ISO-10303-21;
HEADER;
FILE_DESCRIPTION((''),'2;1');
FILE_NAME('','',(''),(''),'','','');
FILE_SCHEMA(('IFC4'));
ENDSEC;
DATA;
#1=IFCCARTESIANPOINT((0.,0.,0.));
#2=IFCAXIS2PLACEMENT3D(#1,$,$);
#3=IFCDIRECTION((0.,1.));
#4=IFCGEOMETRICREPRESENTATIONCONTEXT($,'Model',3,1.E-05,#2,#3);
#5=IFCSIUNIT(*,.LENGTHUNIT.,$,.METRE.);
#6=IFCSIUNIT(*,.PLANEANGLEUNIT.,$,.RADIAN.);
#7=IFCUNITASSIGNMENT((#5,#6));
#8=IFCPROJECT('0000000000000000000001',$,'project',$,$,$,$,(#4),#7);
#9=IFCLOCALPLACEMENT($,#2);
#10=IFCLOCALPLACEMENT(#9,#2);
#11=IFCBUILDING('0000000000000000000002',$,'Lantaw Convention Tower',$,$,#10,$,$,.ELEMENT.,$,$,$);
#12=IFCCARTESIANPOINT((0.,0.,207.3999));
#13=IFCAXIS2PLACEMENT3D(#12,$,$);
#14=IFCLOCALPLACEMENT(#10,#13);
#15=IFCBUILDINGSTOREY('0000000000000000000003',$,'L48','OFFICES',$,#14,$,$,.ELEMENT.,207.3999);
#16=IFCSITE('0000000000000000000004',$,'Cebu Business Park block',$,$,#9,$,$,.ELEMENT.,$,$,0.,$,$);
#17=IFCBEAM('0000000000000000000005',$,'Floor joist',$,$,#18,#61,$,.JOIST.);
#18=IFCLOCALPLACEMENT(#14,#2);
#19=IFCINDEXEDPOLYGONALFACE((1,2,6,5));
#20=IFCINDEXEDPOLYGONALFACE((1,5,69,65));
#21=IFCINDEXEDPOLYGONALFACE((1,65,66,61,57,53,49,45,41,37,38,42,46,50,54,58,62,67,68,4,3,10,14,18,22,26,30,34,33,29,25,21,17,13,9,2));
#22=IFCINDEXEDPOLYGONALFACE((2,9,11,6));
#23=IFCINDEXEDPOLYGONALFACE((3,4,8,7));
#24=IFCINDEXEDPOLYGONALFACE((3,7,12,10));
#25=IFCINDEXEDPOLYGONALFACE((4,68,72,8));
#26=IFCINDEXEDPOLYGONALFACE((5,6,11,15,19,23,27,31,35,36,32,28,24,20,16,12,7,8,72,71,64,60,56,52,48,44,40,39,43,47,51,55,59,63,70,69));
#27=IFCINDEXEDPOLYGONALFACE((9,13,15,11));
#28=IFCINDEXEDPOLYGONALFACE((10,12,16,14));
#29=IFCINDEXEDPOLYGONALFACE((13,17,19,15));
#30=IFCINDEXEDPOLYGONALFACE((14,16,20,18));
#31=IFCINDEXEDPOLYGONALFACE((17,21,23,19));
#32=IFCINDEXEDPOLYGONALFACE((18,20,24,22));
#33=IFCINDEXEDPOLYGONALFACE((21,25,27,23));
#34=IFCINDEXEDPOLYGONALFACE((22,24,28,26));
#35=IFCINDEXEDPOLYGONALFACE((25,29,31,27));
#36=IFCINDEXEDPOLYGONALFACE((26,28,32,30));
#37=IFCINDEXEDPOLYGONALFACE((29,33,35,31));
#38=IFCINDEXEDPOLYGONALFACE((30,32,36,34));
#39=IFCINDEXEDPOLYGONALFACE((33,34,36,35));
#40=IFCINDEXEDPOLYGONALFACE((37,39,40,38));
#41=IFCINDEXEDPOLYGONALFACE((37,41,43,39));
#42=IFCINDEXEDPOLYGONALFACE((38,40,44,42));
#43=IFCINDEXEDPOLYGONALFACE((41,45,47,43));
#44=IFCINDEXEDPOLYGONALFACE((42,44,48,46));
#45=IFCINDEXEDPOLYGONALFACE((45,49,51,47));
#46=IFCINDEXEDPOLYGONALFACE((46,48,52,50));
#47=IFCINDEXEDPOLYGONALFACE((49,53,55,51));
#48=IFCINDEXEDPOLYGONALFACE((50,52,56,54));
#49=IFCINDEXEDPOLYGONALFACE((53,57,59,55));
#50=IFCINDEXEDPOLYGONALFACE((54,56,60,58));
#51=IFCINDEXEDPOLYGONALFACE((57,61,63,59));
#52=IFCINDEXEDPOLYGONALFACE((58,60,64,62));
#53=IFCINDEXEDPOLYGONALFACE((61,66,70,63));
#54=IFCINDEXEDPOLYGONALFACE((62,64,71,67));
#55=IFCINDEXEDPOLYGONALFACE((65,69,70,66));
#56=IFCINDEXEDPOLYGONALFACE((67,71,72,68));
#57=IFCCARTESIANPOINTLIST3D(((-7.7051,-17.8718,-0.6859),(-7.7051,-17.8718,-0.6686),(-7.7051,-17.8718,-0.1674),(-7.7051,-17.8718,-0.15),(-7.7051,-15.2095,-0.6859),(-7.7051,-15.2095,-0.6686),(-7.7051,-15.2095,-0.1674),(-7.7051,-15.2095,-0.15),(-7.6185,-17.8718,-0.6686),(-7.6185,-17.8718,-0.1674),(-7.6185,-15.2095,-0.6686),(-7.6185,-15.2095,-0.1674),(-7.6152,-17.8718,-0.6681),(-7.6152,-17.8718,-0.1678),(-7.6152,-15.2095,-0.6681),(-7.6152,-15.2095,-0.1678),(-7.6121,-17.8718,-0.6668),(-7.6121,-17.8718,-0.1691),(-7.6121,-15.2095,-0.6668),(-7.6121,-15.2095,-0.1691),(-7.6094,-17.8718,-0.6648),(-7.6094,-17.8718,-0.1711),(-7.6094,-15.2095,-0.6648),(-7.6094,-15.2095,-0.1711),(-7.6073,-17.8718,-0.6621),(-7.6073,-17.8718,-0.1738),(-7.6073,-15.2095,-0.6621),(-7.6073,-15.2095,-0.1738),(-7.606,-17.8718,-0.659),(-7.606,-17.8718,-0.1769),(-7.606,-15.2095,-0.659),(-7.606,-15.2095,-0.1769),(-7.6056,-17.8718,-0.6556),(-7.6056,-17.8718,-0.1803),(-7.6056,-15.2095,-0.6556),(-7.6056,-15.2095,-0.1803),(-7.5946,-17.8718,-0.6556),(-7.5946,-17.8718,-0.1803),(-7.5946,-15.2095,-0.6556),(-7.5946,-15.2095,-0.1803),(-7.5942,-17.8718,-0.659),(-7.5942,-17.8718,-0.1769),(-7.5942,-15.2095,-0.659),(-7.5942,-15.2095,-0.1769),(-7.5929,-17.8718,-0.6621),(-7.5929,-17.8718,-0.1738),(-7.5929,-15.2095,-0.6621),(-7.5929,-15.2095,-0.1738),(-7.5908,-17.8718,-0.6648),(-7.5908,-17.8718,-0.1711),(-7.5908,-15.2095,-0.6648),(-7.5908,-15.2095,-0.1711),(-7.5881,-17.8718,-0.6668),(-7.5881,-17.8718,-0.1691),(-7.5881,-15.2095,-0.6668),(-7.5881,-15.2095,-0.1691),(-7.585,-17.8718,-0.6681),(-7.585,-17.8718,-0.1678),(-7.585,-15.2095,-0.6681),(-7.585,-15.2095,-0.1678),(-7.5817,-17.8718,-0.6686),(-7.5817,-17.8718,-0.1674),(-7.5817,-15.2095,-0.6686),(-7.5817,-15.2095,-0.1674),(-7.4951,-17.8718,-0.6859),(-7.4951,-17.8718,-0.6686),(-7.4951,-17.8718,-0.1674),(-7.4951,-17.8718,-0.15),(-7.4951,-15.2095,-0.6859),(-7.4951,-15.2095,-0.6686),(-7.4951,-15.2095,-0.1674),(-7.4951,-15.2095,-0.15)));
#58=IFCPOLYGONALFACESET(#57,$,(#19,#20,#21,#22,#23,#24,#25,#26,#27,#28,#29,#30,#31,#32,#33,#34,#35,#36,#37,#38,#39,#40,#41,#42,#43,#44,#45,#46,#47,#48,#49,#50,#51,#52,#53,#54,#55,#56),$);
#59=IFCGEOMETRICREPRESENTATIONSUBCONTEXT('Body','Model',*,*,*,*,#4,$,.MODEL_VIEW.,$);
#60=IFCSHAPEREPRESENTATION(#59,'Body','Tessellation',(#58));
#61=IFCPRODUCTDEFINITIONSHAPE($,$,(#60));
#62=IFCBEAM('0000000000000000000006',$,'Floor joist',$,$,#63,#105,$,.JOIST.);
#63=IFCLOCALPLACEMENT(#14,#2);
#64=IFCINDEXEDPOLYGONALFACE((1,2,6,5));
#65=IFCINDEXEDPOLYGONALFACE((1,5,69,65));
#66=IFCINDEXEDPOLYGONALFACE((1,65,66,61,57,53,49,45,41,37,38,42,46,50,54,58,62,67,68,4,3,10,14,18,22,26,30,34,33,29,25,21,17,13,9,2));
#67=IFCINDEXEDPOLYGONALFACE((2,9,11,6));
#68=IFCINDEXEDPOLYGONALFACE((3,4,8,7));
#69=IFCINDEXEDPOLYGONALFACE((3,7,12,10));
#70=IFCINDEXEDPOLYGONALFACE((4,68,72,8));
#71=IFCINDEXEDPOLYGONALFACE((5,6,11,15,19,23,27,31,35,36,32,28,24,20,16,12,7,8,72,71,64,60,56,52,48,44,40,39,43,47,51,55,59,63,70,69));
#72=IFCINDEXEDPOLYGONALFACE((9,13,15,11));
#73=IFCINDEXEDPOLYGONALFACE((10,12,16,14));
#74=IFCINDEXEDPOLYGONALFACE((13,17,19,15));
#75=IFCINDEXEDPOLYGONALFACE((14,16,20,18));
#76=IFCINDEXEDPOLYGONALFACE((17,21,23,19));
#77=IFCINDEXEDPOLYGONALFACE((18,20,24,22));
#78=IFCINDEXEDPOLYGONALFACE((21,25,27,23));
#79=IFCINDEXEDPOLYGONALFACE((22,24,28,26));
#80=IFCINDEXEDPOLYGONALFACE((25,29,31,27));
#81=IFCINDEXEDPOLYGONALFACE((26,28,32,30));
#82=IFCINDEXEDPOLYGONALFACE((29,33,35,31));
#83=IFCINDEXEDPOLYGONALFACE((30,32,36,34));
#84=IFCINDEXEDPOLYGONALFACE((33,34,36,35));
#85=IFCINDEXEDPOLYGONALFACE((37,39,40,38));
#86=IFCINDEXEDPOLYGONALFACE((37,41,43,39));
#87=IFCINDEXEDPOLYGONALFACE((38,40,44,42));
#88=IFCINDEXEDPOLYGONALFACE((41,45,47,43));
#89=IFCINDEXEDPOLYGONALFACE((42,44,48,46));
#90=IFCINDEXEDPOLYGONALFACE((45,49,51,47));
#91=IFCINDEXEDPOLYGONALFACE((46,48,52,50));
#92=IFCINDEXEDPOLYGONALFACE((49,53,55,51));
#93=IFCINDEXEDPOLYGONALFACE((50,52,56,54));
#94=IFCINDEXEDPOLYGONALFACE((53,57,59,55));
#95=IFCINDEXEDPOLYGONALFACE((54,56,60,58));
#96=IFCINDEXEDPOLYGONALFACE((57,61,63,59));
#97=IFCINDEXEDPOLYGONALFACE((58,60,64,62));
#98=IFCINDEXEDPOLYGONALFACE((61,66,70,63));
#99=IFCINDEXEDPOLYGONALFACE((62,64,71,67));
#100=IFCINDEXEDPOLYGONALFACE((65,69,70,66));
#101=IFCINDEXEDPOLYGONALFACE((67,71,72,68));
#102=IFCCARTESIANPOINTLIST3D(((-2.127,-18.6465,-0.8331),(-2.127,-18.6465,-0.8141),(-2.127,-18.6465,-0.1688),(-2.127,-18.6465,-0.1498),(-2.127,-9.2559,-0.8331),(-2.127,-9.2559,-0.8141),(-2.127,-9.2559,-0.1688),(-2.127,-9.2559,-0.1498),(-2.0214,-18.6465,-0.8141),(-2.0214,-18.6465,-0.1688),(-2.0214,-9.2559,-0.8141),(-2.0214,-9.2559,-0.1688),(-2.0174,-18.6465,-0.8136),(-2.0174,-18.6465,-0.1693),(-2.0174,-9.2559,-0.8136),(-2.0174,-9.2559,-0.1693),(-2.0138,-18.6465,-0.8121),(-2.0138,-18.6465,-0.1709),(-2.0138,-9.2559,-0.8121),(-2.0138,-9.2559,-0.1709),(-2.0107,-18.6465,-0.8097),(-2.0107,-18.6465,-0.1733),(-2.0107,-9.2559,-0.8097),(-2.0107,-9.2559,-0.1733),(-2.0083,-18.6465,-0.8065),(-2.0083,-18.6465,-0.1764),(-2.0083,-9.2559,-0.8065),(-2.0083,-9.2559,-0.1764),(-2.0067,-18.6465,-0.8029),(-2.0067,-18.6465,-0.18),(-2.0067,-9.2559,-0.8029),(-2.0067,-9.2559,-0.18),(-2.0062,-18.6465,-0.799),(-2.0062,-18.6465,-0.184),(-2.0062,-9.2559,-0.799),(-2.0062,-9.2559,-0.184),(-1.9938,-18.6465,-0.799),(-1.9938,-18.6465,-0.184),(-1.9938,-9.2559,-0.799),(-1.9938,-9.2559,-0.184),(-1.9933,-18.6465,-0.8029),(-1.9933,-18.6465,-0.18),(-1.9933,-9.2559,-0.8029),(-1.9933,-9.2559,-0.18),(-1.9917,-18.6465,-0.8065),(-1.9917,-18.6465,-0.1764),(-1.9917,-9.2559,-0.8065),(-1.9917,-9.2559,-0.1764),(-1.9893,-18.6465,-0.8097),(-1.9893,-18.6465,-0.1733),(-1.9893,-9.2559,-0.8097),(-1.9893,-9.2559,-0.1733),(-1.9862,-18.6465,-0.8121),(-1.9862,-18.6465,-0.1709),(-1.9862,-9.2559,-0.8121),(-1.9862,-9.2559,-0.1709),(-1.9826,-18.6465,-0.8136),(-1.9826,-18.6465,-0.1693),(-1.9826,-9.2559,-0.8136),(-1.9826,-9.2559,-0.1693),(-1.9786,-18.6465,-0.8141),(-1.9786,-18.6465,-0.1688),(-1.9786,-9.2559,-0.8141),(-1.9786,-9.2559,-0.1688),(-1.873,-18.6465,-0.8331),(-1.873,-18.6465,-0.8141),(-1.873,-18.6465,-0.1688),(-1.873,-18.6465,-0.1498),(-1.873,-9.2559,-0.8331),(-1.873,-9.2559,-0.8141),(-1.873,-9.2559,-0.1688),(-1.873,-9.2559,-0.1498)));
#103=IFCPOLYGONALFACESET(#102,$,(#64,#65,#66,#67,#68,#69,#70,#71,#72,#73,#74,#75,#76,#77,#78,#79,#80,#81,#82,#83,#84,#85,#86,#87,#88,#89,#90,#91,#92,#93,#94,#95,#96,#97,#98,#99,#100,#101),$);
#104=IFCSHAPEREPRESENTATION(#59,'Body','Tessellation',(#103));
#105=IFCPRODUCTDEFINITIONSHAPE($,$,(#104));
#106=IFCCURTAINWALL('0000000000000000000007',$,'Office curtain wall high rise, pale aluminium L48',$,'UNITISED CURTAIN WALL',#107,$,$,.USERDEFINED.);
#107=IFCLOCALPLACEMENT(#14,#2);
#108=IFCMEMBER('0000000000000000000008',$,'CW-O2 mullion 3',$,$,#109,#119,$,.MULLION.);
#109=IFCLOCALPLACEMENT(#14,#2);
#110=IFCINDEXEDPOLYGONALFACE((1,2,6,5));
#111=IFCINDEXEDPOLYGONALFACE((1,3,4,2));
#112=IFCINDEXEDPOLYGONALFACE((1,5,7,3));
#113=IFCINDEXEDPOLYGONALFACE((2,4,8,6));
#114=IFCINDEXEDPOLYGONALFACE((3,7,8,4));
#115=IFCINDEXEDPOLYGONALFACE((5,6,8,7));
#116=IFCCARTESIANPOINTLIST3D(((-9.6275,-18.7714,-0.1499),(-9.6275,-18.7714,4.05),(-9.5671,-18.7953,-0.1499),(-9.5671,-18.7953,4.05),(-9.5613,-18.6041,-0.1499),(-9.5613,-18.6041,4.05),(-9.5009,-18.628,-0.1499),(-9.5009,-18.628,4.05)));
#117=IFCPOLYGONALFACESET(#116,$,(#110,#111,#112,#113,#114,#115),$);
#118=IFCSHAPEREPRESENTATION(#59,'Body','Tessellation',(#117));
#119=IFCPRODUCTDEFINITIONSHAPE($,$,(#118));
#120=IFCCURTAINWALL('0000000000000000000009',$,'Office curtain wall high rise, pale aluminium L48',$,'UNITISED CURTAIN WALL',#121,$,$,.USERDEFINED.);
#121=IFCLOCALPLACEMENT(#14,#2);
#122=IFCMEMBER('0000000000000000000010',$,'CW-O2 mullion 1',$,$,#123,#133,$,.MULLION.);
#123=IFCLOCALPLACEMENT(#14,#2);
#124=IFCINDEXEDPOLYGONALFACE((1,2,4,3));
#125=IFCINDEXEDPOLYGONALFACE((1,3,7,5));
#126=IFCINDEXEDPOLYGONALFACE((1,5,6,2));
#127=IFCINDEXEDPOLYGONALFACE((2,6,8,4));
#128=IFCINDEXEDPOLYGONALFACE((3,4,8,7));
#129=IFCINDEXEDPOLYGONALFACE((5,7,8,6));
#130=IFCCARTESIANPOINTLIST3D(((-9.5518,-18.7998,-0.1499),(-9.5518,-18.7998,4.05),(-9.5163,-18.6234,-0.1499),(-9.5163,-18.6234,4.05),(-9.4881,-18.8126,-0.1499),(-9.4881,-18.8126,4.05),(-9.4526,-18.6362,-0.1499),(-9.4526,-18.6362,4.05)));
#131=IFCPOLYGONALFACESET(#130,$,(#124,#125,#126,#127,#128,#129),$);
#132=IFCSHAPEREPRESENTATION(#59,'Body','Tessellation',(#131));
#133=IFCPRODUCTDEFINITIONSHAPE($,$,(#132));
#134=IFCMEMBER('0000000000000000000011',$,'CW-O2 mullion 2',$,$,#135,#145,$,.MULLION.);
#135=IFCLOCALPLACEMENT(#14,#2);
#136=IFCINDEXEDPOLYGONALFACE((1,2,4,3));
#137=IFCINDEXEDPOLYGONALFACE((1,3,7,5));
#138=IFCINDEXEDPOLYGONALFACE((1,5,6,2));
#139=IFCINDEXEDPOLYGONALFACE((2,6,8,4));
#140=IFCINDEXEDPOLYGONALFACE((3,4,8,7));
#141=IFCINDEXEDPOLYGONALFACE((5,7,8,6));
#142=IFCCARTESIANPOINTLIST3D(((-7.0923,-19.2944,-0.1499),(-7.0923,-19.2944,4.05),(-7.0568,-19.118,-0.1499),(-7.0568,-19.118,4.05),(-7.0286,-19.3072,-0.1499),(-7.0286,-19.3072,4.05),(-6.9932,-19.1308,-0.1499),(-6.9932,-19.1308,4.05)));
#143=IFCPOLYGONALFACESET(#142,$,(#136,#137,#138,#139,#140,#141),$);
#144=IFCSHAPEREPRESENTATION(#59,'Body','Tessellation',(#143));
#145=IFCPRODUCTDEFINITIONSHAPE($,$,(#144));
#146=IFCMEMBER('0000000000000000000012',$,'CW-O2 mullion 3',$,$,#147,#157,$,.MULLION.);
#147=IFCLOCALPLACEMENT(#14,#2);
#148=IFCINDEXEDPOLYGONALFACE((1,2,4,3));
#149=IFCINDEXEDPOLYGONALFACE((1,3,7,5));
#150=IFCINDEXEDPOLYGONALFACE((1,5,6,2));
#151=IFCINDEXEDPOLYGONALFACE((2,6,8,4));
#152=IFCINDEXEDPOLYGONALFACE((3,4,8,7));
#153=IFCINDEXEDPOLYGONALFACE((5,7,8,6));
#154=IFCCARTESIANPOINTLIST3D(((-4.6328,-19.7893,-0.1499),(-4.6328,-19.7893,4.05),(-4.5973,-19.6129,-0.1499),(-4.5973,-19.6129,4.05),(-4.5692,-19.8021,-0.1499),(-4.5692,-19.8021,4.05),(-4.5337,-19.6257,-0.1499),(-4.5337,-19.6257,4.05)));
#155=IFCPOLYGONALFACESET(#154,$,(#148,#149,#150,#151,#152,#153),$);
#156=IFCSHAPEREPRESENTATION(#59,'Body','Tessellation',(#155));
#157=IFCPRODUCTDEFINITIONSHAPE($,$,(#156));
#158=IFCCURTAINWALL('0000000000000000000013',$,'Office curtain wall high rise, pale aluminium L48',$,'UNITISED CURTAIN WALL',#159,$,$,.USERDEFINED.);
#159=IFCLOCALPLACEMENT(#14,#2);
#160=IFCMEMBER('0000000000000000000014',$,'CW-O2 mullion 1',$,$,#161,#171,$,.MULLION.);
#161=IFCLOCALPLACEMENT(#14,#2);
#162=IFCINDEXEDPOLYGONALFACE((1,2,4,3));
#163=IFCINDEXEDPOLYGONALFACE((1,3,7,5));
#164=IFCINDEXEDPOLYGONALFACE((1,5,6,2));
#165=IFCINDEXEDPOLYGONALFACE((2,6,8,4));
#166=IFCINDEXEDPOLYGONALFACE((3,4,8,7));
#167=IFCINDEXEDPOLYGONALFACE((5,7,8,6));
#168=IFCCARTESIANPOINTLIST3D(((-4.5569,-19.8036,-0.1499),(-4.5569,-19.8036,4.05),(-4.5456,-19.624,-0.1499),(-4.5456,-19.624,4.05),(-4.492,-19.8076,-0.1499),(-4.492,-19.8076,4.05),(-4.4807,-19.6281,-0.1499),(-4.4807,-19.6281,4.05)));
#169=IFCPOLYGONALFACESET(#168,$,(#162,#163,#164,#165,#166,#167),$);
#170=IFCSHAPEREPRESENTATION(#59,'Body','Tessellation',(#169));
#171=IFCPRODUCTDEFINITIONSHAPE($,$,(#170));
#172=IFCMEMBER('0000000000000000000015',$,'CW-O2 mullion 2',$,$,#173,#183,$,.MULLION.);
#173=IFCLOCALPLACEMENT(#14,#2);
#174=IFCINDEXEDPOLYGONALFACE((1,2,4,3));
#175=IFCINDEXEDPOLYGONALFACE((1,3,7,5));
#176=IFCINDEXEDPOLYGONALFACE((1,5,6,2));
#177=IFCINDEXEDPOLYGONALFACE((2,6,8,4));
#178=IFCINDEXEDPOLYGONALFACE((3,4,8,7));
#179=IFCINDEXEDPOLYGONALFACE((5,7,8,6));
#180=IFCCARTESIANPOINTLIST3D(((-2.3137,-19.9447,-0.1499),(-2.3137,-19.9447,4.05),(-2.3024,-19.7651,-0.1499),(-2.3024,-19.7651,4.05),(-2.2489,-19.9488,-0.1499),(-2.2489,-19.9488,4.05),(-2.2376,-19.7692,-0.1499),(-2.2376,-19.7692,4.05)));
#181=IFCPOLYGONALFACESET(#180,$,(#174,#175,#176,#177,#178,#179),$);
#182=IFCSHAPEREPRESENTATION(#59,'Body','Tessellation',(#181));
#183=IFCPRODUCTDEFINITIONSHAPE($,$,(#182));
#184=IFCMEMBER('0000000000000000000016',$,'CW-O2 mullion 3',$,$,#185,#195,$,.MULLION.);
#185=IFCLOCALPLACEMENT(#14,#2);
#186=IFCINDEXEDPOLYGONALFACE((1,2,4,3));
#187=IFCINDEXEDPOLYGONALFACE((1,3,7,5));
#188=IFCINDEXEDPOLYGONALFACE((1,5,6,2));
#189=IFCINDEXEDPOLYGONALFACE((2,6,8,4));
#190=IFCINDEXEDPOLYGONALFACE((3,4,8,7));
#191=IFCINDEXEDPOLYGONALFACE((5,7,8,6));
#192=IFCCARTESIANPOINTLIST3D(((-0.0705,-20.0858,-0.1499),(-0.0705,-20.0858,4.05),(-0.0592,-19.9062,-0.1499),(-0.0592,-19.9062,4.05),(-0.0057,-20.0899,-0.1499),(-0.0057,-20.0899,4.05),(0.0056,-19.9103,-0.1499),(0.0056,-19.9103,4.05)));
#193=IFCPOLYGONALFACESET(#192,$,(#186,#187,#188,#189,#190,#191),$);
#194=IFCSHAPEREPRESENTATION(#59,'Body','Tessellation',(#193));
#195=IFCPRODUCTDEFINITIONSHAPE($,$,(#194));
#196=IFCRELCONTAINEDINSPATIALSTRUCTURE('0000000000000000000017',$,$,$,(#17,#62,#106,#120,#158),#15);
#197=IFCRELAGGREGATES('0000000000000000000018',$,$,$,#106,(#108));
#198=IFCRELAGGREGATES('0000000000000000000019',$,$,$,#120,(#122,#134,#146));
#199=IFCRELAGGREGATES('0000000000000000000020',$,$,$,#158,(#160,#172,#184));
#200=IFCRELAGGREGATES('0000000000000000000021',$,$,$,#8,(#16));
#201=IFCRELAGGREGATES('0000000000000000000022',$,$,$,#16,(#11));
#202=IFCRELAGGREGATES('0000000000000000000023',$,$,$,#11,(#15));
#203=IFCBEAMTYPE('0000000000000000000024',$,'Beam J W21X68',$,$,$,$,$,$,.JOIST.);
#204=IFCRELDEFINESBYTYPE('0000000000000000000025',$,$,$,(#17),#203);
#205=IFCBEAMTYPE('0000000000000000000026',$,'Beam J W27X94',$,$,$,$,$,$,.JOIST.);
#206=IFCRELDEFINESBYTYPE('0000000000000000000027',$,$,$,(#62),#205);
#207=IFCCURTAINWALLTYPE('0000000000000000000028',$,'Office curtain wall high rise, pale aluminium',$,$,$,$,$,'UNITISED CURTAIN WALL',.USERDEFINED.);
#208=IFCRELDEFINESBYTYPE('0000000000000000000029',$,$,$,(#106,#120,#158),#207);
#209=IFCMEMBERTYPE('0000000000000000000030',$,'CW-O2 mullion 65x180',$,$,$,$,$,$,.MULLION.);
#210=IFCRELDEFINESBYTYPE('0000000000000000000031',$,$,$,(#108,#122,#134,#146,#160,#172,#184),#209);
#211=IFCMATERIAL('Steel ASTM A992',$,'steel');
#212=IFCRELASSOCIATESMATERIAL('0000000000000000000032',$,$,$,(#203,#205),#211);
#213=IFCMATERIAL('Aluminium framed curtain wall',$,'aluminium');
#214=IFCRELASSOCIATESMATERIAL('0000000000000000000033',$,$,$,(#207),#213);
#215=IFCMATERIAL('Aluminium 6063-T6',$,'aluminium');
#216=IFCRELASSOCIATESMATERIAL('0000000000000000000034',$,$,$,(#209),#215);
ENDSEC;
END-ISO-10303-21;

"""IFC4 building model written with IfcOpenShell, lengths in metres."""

from ifc_helpers import new_model, si_unit, direction, frame, origin, origin_2d, place, context, subcontext, project, spatial, rectangle, i_section, extrude, material, material_profile, profile_set, type_object, element, aggregate, save


model = new_model("IFC4")

# Units and contexts
model_context = context("Model", 3, precision=1e-05, world=origin(), true_north=direction((0.0, 1.0)))
body_context = subcontext(model_context, "Body", "Model", "MODEL_VIEW")
ifc_project = project(units=[si_unit("LENGTHUNIT", "METRE"), si_unit("PLANEANGLEUNIT", "RADIAN")], contexts=[model_context])

# Site, building, storey
site_placement = place(None, origin())
site = spatial("IfcSite", under=ifc_project, at=site_placement, Name="Cebu Business Park block", CompositionType="ELEMENT", RefElevation=0.0)
building_placement = place(site_placement, origin())
building = spatial("IfcBuilding", under=site, at=building_placement, Name="Lantaw Convention Tower", CompositionType="ELEMENT")
storey_placement = place(building_placement, frame((0.0, 0.0, 207.3999)))
storey = spatial("IfcBuildingStorey", under=building, at=storey_placement, Name="L48", Description="OFFICES", CompositionType="ELEMENT", Elevation=207.3999)

# Beams
ifc_material_1 = material(Name="Steel ASTM A992", Category="steel")
ifc_material_profile_1 = material_profile(ifc_material_1, i_section(OverallWidth=0.21, OverallDepth=0.5359, WebThickness=0.011, FlangeThickness=0.0173, FilletRadius=0.0129, at=origin_2d()), Name="W21X68")
ifc_profile_set_1 = profile_set([ifc_material_profile_1], Name="Steel ASTM A992")
beam_type_1 = type_object("IfcBeamType", Name="Beam J W21X68", PredefinedType="JOIST", material=ifc_profile_set_1)
beam_1_placement = place(storey_placement, frame((-7.6001, -17.8718, -0.418), z_axis=(0.0, 1.0, 0.0), x_axis=(-1.0, 0.0, 0.0)))
element("IfcBeam", 1, at=beam_1_placement, inside=storey, type_object=beam_type_1, Name="Floor joist", PredefinedType="JOIST", context=body_context, shape_type="SweptSolid", body=[
    extrude(i_section(OverallWidth=0.21, OverallDepth=0.5359, WebThickness=0.011, FlangeThickness=0.0173, FilletRadius=0.0129, at=origin_2d()), origin(), (0.0, 0.0, 1.0), 2.6624),
])
ifc_material_profile_2 = material_profile(ifc_material_1, i_section(OverallWidth=0.2539, OverallDepth=0.6833, WebThickness=0.0125, FlangeThickness=0.019, FilletRadius=0.0151, at=origin_2d()), Name="W27X94")
ifc_profile_set_2 = profile_set([ifc_material_profile_2], Name="Steel ASTM A992")
beam_type_2 = type_object("IfcBeamType", Name="Beam J W27X94", PredefinedType="JOIST", material=ifc_profile_set_2)
beam_2_placement = place(storey_placement, frame((-2.0, -18.6465, -0.4915), z_axis=(0.0, 1.0, 0.0), x_axis=(-1.0, 0.0, 0.0)))
element("IfcBeam", 2, at=beam_2_placement, inside=storey, type_object=beam_type_2, Name="Floor joist", PredefinedType="JOIST", context=body_context, shape_type="SweptSolid", body=[
    extrude(i_section(OverallWidth=0.2539, OverallDepth=0.6833, WebThickness=0.0125, FlangeThickness=0.019, FilletRadius=0.0151, at=origin_2d()), origin(), (0.0, 0.0, 1.0), 9.3906),
])

# Curtain wall, member
ifc_material_2 = material(Name="Aluminium framed curtain wall", Category="aluminium")
curtain_wall_type = type_object("IfcCurtainWallType", Name="Office curtain wall high rise, pale aluminium", ElementType="UNITISED CURTAIN WALL", PredefinedType="USERDEFINED", material=ifc_material_2)
curtain_wall_1_placement = place(storey_placement, origin())
curtain_wall_1 = element("IfcCurtainWall", 3, at=curtain_wall_1_placement, inside=storey, type_object=curtain_wall_type, Name="Office curtain wall high rise, pale aluminium L48", ObjectType="UNITISED CURTAIN WALL", PredefinedType="USERDEFINED")
ifc_material_3 = material(Name="Aluminium 6063-T6", Category="aluminium")
ifc_material_profile_3 = material_profile(ifc_material_3, rectangle(XDim=0.1799, YDim=0.0649, at=origin_2d()), Name="CW-O2 mullion 65x180")
ifc_profile_set_3 = profile_set([ifc_material_profile_3], Name="Aluminium 6063-T6")
member_type_1 = type_object("IfcMemberType", Name="CW-O2 mullion 65x180", PredefinedType="MULLION", material=ifc_profile_set_3)
member_1_placement = place(storey_placement, frame((-9.5642, -18.6997, -0.1499), z_axis=(0.0, 0.0, 1.0), x_axis=(0.368162, 0.929762, 0.0)))
member_1 = element("IfcMember", 4, at=member_1_placement, type_object=member_type_1, Name="CW-O2 mullion 3", PredefinedType="MULLION", context=body_context, shape_type="SweptSolid", body=[
    extrude(rectangle(XDim=0.1799, YDim=0.0649, at=origin_2d()), origin(), (0.0, 0.0, 1.0), 4.2),
])

# Curtain walls, members
curtain_wall_2_placement = place(storey_placement, origin())
curtain_wall_2 = element("IfcCurtainWall", 5, at=curtain_wall_2_placement, inside=storey, type_object=curtain_wall_type, Name="Office curtain wall high rise, pale aluminium L48", ObjectType="UNITISED CURTAIN WALL", PredefinedType="USERDEFINED")
member_2_placement = place(storey_placement, frame((-9.5022, -18.718, -0.1499), z_axis=(0.0, 0.0, 1.0), x_axis=(0.197183, 0.980367, 0.0)))
member_2 = element("IfcMember", 6, at=member_2_placement, type_object=member_type_1, Name="CW-O2 mullion 1", PredefinedType="MULLION", context=body_context, shape_type="SweptSolid", body=[
    extrude(rectangle(XDim=0.1799, YDim=0.0649, at=origin_2d()), origin(), (0.0, 0.0, 1.0), 4.2),
])
member_3_placement = place(storey_placement, frame((-7.0427, -19.2126, -0.1499), z_axis=(0.0, 0.0, 1.0), x_axis=(0.197183, 0.980367, 0.0)))
member_3 = element("IfcMember", 7, at=member_3_placement, type_object=member_type_1, Name="CW-O2 mullion 2", PredefinedType="MULLION", context=body_context, shape_type="SweptSolid", body=[
    extrude(rectangle(XDim=0.1799, YDim=0.0649, at=origin_2d()), origin(), (0.0, 0.0, 1.0), 4.2),
])
member_4_placement = place(storey_placement, frame((-4.5833, -19.7075, -0.1499), z_axis=(0.0, 0.0, 1.0), x_axis=(0.197183, 0.980367, 0.0)))
member_4 = element("IfcMember", 8, at=member_4_placement, type_object=member_type_1, Name="CW-O2 mullion 3", PredefinedType="MULLION", context=body_context, shape_type="SweptSolid", body=[
    extrude(rectangle(XDim=0.1799, YDim=0.0649, at=origin_2d()), origin(), (0.0, 0.0, 1.0), 4.2),
])
curtain_wall_3_placement = place(storey_placement, origin())
curtain_wall_3 = element("IfcCurtainWall", 9, at=curtain_wall_3_placement, inside=storey, type_object=curtain_wall_type, Name="Office curtain wall high rise, pale aluminium L48", ObjectType="UNITISED CURTAIN WALL", PredefinedType="USERDEFINED")
member_5_placement = place(storey_placement, frame((-4.5188, -19.7158, -0.1499), z_axis=(0.0, 0.0, 1.0), x_axis=(0.062758, 0.998029, 0.0)))
member_5 = element("IfcMember", 10, at=member_5_placement, type_object=member_type_1, Name="CW-O2 mullion 1", PredefinedType="MULLION", context=body_context, shape_type="SweptSolid", body=[
    extrude(rectangle(XDim=0.1799, YDim=0.0649, at=origin_2d()), origin(), (0.0, 0.0, 1.0), 4.2),
])
member_6_placement = place(storey_placement, frame((-2.2756, -19.8569, -0.1499), z_axis=(0.0, 0.0, 1.0), x_axis=(0.062758, 0.998029, 0.0)))
member_6 = element("IfcMember", 11, at=member_6_placement, type_object=member_type_1, Name="CW-O2 mullion 2", PredefinedType="MULLION", context=body_context, shape_type="SweptSolid", body=[
    extrude(rectangle(XDim=0.1799, YDim=0.0649, at=origin_2d()), origin(), (0.0, 0.0, 1.0), 4.2),
])
member_7_placement = place(storey_placement, frame((-0.0325, -19.998, -0.1499), z_axis=(0.0, 0.0, 1.0), x_axis=(0.062758, 0.998029, 0.0)))
member_7 = element("IfcMember", 12, at=member_7_placement, type_object=member_type_1, Name="CW-O2 mullion 3", PredefinedType="MULLION", context=body_context, shape_type="SweptSolid", body=[
    extrude(rectangle(XDim=0.1799, YDim=0.0649, at=origin_2d()), origin(), (0.0, 0.0, 1.0), 4.2),
])

aggregate(curtain_wall_1, [member_1])
aggregate(curtain_wall_2, [member_2, member_3, member_4])
aggregate(curtain_wall_3, [member_5, member_6, member_7])

save(model, "model.ifc")
